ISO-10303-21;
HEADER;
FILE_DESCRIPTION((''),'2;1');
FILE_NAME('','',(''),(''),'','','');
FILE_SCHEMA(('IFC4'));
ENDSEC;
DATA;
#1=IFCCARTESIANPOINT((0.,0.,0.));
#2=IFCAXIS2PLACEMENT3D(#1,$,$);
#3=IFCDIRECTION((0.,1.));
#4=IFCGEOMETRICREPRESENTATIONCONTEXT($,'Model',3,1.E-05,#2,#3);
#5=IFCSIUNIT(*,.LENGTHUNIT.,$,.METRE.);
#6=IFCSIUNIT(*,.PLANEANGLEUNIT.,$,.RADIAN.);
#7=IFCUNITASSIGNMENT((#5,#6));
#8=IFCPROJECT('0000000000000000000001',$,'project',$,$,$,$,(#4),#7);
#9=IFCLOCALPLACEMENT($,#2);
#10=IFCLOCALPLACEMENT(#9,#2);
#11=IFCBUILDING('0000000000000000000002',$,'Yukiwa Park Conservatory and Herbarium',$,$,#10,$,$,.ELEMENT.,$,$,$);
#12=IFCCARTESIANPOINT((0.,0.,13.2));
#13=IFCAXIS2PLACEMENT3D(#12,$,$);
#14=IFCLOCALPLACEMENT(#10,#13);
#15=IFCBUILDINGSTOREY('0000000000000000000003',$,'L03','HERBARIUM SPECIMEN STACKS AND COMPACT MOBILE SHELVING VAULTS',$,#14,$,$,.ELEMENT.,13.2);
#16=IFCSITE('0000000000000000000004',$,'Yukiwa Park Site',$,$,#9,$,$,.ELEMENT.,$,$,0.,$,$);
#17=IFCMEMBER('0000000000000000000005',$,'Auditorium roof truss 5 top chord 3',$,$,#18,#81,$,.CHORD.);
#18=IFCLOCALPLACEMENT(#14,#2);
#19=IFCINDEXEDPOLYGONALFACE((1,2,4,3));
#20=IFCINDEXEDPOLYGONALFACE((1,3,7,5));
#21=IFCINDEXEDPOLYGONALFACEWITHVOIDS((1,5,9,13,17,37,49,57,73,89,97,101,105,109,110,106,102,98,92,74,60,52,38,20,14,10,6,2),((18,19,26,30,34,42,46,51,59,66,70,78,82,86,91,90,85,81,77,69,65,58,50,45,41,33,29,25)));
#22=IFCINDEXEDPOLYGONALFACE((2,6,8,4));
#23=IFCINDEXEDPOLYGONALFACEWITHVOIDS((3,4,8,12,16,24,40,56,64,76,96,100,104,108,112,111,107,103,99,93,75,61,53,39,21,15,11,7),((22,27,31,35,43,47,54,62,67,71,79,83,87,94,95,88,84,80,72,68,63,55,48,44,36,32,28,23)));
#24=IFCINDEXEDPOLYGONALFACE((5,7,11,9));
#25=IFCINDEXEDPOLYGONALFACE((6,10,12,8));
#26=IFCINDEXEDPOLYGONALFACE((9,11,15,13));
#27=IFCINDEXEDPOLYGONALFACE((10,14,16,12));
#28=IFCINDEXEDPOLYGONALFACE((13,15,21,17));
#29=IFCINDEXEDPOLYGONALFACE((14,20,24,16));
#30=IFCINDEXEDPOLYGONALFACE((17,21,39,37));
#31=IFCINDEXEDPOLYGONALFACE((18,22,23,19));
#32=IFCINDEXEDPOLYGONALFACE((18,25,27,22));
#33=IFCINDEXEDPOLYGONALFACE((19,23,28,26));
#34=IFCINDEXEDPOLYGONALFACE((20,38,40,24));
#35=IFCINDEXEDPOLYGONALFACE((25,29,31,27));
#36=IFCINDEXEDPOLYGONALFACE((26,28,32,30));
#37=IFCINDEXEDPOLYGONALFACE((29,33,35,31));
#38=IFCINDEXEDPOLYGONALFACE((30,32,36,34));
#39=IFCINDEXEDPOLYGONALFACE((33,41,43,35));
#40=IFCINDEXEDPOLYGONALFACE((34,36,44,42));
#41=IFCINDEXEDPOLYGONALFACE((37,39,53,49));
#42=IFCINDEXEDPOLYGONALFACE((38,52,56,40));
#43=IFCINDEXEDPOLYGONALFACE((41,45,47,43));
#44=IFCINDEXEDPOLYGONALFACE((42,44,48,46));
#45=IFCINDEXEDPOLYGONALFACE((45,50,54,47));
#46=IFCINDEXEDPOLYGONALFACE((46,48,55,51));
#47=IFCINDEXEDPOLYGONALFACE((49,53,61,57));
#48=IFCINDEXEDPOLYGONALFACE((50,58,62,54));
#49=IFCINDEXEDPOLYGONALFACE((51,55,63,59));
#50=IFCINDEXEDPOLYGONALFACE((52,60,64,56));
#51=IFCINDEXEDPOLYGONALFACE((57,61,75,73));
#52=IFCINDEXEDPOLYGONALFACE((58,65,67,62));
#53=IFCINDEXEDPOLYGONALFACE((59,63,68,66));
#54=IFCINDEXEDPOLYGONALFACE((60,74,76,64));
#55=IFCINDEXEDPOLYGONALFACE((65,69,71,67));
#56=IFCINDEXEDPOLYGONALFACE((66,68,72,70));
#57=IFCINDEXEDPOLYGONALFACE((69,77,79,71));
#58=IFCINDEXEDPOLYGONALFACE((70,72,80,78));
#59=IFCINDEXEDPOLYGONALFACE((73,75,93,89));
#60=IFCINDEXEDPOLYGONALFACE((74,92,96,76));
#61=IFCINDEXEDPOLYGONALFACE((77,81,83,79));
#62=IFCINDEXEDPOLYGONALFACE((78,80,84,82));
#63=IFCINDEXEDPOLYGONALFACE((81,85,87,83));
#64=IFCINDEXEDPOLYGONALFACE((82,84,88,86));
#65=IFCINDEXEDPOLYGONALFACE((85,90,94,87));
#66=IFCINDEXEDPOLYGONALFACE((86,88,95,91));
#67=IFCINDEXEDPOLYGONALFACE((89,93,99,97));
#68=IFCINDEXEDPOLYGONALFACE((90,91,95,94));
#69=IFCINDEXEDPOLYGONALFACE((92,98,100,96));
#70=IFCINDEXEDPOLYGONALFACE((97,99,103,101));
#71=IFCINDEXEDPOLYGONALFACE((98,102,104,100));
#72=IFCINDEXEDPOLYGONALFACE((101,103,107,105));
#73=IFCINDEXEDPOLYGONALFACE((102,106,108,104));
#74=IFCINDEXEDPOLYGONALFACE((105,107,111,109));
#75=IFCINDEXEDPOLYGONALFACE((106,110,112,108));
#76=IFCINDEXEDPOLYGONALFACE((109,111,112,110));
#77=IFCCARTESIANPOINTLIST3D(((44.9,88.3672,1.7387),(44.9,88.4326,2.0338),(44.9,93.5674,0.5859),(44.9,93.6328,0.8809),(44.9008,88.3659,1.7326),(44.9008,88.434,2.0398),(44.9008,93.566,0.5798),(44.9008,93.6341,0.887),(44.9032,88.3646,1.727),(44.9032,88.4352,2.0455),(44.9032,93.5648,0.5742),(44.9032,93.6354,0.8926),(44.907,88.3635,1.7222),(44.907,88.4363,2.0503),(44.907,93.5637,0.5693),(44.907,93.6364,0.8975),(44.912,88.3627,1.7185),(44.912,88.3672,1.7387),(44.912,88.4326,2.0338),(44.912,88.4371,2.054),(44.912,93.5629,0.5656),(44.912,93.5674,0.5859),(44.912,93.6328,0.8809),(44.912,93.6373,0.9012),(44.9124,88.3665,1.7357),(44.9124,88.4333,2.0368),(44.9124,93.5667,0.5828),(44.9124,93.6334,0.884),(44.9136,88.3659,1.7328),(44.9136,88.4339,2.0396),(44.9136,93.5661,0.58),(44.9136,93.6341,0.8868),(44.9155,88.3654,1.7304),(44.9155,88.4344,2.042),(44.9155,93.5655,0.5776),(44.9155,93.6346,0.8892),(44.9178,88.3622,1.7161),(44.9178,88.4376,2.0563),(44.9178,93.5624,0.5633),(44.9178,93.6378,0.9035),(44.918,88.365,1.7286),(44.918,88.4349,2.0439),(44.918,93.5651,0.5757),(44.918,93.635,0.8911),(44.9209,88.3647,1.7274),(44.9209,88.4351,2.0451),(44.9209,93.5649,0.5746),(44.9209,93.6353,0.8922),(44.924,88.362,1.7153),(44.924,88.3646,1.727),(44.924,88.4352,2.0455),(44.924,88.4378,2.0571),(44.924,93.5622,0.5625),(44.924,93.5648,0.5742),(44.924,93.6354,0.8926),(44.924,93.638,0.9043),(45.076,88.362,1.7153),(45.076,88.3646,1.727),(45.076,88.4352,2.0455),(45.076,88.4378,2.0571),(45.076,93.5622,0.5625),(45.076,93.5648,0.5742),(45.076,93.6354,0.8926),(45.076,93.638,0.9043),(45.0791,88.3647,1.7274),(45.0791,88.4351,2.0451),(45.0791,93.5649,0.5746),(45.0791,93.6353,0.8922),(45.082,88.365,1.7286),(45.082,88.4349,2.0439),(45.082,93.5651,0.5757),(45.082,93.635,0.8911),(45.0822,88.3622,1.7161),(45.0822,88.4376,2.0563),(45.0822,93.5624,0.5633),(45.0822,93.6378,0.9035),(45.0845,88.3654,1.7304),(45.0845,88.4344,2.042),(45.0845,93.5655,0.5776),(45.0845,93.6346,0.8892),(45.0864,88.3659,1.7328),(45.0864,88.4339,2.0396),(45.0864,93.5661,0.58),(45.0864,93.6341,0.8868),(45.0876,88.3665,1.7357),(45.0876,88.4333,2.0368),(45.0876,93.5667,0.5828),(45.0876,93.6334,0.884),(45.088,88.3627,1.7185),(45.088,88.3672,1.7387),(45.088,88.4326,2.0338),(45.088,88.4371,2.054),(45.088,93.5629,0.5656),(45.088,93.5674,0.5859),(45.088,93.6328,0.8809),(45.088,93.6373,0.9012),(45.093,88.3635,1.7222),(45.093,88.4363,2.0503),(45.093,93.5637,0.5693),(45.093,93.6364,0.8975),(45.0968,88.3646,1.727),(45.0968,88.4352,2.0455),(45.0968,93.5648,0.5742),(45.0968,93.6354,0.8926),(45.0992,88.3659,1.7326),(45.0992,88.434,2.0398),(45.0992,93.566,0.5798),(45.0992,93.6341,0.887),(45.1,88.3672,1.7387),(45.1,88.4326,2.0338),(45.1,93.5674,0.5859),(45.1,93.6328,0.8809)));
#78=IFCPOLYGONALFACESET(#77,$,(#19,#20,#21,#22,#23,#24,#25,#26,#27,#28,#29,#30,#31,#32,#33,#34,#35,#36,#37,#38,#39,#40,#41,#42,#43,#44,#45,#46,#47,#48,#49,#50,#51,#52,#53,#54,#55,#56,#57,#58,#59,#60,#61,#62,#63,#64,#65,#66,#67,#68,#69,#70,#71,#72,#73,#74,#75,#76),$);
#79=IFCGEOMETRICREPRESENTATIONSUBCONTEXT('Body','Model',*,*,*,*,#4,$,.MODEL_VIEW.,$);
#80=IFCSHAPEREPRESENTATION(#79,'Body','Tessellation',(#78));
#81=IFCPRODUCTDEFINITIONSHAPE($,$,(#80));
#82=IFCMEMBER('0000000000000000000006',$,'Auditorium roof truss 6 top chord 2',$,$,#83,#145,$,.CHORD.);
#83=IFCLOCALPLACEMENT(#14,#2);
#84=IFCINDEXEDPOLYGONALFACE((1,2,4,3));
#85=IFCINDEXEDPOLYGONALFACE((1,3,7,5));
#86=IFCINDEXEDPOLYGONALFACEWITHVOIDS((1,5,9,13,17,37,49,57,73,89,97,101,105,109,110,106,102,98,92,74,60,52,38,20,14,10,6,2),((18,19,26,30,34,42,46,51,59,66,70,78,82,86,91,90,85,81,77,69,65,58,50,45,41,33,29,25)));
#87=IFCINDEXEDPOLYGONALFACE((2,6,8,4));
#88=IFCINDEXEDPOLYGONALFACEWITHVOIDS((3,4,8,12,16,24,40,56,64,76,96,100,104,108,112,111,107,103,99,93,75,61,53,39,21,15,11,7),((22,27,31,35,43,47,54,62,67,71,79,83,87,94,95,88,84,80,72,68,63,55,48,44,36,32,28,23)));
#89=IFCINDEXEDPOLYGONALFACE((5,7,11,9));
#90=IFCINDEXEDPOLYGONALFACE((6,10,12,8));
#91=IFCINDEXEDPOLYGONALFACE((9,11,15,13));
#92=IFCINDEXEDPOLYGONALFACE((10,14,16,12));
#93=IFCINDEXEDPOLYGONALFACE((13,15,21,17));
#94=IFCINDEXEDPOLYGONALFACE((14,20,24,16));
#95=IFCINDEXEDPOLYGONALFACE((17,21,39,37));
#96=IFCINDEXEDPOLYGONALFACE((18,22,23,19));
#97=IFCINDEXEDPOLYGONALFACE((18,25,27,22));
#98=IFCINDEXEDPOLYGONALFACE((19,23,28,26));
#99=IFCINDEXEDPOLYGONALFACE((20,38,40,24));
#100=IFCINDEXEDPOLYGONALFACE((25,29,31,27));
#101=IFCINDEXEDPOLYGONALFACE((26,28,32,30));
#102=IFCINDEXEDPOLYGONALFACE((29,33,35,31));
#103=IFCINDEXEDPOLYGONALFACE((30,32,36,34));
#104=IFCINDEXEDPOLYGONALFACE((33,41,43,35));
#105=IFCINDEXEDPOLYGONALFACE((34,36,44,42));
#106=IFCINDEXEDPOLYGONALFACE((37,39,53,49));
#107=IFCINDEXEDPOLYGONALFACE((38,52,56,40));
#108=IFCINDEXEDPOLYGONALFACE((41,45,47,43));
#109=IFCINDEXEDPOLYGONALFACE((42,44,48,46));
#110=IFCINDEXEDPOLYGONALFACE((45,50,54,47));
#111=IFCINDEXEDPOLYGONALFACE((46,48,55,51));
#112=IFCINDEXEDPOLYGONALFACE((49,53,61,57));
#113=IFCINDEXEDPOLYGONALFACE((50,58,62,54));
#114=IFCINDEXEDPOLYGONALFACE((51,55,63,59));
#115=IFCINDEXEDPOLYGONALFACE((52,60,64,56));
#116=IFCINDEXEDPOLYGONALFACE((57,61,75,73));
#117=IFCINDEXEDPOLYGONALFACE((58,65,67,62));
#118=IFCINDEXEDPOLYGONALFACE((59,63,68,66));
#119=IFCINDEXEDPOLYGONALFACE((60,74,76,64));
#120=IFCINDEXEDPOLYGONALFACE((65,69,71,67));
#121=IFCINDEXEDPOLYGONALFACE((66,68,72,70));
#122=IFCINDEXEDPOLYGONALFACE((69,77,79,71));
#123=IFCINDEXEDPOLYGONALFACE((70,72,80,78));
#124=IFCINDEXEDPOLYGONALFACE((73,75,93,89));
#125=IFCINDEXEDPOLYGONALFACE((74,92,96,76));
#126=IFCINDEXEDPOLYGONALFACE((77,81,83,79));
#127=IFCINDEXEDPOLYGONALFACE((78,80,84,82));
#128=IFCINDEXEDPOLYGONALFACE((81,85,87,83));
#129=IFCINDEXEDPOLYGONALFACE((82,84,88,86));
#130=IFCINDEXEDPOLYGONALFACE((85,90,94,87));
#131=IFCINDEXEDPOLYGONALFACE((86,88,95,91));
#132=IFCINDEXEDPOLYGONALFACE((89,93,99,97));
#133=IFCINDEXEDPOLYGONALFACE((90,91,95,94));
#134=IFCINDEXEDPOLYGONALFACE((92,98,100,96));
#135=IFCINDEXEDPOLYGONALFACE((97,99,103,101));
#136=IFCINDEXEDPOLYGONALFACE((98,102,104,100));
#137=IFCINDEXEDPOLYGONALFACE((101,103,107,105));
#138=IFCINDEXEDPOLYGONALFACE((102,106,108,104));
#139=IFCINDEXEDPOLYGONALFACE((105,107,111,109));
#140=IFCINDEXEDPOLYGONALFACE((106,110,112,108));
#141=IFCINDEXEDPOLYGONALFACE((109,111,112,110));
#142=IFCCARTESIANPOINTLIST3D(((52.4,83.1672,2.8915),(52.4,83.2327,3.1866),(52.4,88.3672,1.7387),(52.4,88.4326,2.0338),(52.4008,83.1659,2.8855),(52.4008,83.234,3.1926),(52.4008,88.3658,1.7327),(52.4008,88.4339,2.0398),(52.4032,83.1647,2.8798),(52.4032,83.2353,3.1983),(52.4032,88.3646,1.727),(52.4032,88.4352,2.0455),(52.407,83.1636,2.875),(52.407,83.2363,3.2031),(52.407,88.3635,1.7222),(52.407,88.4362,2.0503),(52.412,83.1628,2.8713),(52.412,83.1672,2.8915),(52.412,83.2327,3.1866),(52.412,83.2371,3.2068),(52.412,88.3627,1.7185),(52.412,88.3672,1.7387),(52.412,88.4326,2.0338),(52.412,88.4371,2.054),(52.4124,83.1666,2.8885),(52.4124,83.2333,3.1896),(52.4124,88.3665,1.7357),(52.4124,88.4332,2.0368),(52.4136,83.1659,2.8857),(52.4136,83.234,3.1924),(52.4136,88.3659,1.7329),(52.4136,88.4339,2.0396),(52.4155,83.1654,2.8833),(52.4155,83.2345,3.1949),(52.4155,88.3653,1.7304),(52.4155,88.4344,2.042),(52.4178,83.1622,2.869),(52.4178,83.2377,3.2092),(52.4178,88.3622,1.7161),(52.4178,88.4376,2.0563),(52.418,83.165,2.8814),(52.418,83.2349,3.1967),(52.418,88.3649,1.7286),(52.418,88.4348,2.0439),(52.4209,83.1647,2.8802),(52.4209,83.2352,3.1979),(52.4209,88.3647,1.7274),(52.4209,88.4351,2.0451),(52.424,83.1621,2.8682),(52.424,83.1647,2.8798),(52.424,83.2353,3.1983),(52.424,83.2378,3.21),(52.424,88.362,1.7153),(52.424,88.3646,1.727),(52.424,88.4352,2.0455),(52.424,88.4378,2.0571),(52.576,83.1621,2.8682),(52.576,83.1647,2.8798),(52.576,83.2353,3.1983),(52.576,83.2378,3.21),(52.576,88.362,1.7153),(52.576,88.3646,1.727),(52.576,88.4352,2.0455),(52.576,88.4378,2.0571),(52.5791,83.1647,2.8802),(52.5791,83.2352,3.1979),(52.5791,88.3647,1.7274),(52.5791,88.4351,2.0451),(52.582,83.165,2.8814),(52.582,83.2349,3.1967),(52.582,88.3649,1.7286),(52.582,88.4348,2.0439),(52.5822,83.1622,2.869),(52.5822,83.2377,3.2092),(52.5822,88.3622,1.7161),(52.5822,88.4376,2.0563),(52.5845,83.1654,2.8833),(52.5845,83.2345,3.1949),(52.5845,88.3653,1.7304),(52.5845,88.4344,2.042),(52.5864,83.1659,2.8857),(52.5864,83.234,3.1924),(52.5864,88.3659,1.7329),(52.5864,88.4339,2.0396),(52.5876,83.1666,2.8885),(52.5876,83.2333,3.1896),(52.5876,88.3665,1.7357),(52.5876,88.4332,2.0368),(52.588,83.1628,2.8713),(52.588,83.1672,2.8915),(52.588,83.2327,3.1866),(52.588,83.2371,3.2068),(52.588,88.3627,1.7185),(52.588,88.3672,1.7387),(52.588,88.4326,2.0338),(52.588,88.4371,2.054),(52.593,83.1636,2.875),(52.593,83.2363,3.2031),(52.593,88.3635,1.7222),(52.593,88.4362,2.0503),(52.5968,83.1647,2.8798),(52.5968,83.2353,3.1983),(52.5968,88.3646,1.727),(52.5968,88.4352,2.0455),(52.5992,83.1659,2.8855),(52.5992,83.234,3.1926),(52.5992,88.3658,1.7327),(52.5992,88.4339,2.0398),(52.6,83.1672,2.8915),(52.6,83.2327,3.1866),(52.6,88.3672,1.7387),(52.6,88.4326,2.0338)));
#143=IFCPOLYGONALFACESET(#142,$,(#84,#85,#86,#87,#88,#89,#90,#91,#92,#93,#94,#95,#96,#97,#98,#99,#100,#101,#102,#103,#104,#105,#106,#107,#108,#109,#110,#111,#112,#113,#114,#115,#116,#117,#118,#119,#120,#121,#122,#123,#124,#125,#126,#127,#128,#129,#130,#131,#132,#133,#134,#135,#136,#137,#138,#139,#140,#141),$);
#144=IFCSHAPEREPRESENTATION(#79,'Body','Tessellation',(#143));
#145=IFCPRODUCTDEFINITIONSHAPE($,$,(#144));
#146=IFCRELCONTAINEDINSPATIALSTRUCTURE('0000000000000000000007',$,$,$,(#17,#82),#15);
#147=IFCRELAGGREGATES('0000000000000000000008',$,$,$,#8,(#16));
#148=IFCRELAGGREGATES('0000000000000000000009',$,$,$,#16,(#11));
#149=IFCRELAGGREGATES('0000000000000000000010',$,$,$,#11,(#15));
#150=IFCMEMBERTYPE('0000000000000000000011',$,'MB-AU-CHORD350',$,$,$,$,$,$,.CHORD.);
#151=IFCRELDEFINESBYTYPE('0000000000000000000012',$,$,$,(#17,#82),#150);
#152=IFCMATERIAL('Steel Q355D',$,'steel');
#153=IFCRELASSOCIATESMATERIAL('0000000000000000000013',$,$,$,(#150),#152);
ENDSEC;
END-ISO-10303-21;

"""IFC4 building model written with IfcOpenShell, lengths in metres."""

from ifc_helpers import new_model, si_unit, direction, frame, origin, origin_2d, place, context, subcontext, project, spatial, hollow_rectangle, extrude, material, material_profile, profile_set, type_object, element, save


model = new_model("IFC4")

# Units and contexts
model_context = context("Model", 3, precision=1e-05, world=origin(), true_north=direction((0.0, 1.0)))
body_context = subcontext(model_context, "Body", "Model", "MODEL_VIEW")
ifc_project = project(units=[si_unit("LENGTHUNIT", "METRE"), si_unit("PLANEANGLEUNIT", "RADIAN")], contexts=[model_context])

# Site, building, storey
site_placement = place(None, origin())
site = spatial("IfcSite", under=ifc_project, at=site_placement, Name="Yukiwa Park Site", CompositionType="ELEMENT", RefElevation=0.0)
building_placement = place(site_placement, origin())
building = spatial("IfcBuilding", under=site, at=building_placement, Name="Yukiwa Park Conservatory and Herbarium", CompositionType="ELEMENT")
storey_placement = place(building_placement, frame((0.0, 0.0, 13.2)))
storey = spatial("IfcBuildingStorey", under=building, at=storey_placement, Name="L03", Description="HERBARIUM SPECIMEN STACKS AND COMPACT MOBILE SHELVING VAULTS", CompositionType="ELEMENT", Elevation=13.2)

# Members
ifc_material_1 = material(Name="Steel Q355D", Category="steel")
ifc_material_profile_1 = material_profile(ifc_material_1, hollow_rectangle(XDim=0.2, YDim=0.3501, WallThickness=0.012, InnerFilletRadius=0.012, OuterFilletRadius=0.0239, at=origin_2d()), Name="RHS 350x200x12")
ifc_profile_set_1 = profile_set([ifc_material_profile_1], Name="Steel Q355D")
member_type_1 = type_object("IfcMemberType", Name="MB-AU-CHORD350", PredefinedType="CHORD", material=ifc_profile_set_1)
member_1_placement = place(storey_placement, frame((45.0, 88.3999, 1.8862), z_axis=(0.0, 0.976297, -0.216435), x_axis=(-1.0, 0.0, 0.0)))
element("IfcMember", 1, at=member_1_placement, inside=storey, type_object=member_type_1, Name="Auditorium roof truss 5 top chord 3", PredefinedType="CHORD", context=body_context, shape_type="SweptSolid", body=[
    extrude(hollow_rectangle(XDim=0.2, YDim=0.3501, WallThickness=0.012, InnerFilletRadius=0.012, OuterFilletRadius=0.0239, at=origin_2d()), origin(), (0.0, 0.0, 1.0), 5.3264),
])
member_2_placement = place(storey_placement, frame((52.5, 83.2, 3.0391), z_axis=(0.0, 0.976295, -0.216445), x_axis=(-1.0, 0.0, 0.0)))
element("IfcMember", 2, at=member_2_placement, inside=storey, type_object=member_type_1, Name="Auditorium roof truss 6 top chord 2", PredefinedType="CHORD", context=body_context, shape_type="SweptSolid", body=[
    extrude(hollow_rectangle(XDim=0.2, YDim=0.3501, WallThickness=0.012, InnerFilletRadius=0.012, OuterFilletRadius=0.0239, at=origin_2d()), origin(), (0.0, 0.0, 1.0), 5.3262),
])

save(model, "model.ifc")
